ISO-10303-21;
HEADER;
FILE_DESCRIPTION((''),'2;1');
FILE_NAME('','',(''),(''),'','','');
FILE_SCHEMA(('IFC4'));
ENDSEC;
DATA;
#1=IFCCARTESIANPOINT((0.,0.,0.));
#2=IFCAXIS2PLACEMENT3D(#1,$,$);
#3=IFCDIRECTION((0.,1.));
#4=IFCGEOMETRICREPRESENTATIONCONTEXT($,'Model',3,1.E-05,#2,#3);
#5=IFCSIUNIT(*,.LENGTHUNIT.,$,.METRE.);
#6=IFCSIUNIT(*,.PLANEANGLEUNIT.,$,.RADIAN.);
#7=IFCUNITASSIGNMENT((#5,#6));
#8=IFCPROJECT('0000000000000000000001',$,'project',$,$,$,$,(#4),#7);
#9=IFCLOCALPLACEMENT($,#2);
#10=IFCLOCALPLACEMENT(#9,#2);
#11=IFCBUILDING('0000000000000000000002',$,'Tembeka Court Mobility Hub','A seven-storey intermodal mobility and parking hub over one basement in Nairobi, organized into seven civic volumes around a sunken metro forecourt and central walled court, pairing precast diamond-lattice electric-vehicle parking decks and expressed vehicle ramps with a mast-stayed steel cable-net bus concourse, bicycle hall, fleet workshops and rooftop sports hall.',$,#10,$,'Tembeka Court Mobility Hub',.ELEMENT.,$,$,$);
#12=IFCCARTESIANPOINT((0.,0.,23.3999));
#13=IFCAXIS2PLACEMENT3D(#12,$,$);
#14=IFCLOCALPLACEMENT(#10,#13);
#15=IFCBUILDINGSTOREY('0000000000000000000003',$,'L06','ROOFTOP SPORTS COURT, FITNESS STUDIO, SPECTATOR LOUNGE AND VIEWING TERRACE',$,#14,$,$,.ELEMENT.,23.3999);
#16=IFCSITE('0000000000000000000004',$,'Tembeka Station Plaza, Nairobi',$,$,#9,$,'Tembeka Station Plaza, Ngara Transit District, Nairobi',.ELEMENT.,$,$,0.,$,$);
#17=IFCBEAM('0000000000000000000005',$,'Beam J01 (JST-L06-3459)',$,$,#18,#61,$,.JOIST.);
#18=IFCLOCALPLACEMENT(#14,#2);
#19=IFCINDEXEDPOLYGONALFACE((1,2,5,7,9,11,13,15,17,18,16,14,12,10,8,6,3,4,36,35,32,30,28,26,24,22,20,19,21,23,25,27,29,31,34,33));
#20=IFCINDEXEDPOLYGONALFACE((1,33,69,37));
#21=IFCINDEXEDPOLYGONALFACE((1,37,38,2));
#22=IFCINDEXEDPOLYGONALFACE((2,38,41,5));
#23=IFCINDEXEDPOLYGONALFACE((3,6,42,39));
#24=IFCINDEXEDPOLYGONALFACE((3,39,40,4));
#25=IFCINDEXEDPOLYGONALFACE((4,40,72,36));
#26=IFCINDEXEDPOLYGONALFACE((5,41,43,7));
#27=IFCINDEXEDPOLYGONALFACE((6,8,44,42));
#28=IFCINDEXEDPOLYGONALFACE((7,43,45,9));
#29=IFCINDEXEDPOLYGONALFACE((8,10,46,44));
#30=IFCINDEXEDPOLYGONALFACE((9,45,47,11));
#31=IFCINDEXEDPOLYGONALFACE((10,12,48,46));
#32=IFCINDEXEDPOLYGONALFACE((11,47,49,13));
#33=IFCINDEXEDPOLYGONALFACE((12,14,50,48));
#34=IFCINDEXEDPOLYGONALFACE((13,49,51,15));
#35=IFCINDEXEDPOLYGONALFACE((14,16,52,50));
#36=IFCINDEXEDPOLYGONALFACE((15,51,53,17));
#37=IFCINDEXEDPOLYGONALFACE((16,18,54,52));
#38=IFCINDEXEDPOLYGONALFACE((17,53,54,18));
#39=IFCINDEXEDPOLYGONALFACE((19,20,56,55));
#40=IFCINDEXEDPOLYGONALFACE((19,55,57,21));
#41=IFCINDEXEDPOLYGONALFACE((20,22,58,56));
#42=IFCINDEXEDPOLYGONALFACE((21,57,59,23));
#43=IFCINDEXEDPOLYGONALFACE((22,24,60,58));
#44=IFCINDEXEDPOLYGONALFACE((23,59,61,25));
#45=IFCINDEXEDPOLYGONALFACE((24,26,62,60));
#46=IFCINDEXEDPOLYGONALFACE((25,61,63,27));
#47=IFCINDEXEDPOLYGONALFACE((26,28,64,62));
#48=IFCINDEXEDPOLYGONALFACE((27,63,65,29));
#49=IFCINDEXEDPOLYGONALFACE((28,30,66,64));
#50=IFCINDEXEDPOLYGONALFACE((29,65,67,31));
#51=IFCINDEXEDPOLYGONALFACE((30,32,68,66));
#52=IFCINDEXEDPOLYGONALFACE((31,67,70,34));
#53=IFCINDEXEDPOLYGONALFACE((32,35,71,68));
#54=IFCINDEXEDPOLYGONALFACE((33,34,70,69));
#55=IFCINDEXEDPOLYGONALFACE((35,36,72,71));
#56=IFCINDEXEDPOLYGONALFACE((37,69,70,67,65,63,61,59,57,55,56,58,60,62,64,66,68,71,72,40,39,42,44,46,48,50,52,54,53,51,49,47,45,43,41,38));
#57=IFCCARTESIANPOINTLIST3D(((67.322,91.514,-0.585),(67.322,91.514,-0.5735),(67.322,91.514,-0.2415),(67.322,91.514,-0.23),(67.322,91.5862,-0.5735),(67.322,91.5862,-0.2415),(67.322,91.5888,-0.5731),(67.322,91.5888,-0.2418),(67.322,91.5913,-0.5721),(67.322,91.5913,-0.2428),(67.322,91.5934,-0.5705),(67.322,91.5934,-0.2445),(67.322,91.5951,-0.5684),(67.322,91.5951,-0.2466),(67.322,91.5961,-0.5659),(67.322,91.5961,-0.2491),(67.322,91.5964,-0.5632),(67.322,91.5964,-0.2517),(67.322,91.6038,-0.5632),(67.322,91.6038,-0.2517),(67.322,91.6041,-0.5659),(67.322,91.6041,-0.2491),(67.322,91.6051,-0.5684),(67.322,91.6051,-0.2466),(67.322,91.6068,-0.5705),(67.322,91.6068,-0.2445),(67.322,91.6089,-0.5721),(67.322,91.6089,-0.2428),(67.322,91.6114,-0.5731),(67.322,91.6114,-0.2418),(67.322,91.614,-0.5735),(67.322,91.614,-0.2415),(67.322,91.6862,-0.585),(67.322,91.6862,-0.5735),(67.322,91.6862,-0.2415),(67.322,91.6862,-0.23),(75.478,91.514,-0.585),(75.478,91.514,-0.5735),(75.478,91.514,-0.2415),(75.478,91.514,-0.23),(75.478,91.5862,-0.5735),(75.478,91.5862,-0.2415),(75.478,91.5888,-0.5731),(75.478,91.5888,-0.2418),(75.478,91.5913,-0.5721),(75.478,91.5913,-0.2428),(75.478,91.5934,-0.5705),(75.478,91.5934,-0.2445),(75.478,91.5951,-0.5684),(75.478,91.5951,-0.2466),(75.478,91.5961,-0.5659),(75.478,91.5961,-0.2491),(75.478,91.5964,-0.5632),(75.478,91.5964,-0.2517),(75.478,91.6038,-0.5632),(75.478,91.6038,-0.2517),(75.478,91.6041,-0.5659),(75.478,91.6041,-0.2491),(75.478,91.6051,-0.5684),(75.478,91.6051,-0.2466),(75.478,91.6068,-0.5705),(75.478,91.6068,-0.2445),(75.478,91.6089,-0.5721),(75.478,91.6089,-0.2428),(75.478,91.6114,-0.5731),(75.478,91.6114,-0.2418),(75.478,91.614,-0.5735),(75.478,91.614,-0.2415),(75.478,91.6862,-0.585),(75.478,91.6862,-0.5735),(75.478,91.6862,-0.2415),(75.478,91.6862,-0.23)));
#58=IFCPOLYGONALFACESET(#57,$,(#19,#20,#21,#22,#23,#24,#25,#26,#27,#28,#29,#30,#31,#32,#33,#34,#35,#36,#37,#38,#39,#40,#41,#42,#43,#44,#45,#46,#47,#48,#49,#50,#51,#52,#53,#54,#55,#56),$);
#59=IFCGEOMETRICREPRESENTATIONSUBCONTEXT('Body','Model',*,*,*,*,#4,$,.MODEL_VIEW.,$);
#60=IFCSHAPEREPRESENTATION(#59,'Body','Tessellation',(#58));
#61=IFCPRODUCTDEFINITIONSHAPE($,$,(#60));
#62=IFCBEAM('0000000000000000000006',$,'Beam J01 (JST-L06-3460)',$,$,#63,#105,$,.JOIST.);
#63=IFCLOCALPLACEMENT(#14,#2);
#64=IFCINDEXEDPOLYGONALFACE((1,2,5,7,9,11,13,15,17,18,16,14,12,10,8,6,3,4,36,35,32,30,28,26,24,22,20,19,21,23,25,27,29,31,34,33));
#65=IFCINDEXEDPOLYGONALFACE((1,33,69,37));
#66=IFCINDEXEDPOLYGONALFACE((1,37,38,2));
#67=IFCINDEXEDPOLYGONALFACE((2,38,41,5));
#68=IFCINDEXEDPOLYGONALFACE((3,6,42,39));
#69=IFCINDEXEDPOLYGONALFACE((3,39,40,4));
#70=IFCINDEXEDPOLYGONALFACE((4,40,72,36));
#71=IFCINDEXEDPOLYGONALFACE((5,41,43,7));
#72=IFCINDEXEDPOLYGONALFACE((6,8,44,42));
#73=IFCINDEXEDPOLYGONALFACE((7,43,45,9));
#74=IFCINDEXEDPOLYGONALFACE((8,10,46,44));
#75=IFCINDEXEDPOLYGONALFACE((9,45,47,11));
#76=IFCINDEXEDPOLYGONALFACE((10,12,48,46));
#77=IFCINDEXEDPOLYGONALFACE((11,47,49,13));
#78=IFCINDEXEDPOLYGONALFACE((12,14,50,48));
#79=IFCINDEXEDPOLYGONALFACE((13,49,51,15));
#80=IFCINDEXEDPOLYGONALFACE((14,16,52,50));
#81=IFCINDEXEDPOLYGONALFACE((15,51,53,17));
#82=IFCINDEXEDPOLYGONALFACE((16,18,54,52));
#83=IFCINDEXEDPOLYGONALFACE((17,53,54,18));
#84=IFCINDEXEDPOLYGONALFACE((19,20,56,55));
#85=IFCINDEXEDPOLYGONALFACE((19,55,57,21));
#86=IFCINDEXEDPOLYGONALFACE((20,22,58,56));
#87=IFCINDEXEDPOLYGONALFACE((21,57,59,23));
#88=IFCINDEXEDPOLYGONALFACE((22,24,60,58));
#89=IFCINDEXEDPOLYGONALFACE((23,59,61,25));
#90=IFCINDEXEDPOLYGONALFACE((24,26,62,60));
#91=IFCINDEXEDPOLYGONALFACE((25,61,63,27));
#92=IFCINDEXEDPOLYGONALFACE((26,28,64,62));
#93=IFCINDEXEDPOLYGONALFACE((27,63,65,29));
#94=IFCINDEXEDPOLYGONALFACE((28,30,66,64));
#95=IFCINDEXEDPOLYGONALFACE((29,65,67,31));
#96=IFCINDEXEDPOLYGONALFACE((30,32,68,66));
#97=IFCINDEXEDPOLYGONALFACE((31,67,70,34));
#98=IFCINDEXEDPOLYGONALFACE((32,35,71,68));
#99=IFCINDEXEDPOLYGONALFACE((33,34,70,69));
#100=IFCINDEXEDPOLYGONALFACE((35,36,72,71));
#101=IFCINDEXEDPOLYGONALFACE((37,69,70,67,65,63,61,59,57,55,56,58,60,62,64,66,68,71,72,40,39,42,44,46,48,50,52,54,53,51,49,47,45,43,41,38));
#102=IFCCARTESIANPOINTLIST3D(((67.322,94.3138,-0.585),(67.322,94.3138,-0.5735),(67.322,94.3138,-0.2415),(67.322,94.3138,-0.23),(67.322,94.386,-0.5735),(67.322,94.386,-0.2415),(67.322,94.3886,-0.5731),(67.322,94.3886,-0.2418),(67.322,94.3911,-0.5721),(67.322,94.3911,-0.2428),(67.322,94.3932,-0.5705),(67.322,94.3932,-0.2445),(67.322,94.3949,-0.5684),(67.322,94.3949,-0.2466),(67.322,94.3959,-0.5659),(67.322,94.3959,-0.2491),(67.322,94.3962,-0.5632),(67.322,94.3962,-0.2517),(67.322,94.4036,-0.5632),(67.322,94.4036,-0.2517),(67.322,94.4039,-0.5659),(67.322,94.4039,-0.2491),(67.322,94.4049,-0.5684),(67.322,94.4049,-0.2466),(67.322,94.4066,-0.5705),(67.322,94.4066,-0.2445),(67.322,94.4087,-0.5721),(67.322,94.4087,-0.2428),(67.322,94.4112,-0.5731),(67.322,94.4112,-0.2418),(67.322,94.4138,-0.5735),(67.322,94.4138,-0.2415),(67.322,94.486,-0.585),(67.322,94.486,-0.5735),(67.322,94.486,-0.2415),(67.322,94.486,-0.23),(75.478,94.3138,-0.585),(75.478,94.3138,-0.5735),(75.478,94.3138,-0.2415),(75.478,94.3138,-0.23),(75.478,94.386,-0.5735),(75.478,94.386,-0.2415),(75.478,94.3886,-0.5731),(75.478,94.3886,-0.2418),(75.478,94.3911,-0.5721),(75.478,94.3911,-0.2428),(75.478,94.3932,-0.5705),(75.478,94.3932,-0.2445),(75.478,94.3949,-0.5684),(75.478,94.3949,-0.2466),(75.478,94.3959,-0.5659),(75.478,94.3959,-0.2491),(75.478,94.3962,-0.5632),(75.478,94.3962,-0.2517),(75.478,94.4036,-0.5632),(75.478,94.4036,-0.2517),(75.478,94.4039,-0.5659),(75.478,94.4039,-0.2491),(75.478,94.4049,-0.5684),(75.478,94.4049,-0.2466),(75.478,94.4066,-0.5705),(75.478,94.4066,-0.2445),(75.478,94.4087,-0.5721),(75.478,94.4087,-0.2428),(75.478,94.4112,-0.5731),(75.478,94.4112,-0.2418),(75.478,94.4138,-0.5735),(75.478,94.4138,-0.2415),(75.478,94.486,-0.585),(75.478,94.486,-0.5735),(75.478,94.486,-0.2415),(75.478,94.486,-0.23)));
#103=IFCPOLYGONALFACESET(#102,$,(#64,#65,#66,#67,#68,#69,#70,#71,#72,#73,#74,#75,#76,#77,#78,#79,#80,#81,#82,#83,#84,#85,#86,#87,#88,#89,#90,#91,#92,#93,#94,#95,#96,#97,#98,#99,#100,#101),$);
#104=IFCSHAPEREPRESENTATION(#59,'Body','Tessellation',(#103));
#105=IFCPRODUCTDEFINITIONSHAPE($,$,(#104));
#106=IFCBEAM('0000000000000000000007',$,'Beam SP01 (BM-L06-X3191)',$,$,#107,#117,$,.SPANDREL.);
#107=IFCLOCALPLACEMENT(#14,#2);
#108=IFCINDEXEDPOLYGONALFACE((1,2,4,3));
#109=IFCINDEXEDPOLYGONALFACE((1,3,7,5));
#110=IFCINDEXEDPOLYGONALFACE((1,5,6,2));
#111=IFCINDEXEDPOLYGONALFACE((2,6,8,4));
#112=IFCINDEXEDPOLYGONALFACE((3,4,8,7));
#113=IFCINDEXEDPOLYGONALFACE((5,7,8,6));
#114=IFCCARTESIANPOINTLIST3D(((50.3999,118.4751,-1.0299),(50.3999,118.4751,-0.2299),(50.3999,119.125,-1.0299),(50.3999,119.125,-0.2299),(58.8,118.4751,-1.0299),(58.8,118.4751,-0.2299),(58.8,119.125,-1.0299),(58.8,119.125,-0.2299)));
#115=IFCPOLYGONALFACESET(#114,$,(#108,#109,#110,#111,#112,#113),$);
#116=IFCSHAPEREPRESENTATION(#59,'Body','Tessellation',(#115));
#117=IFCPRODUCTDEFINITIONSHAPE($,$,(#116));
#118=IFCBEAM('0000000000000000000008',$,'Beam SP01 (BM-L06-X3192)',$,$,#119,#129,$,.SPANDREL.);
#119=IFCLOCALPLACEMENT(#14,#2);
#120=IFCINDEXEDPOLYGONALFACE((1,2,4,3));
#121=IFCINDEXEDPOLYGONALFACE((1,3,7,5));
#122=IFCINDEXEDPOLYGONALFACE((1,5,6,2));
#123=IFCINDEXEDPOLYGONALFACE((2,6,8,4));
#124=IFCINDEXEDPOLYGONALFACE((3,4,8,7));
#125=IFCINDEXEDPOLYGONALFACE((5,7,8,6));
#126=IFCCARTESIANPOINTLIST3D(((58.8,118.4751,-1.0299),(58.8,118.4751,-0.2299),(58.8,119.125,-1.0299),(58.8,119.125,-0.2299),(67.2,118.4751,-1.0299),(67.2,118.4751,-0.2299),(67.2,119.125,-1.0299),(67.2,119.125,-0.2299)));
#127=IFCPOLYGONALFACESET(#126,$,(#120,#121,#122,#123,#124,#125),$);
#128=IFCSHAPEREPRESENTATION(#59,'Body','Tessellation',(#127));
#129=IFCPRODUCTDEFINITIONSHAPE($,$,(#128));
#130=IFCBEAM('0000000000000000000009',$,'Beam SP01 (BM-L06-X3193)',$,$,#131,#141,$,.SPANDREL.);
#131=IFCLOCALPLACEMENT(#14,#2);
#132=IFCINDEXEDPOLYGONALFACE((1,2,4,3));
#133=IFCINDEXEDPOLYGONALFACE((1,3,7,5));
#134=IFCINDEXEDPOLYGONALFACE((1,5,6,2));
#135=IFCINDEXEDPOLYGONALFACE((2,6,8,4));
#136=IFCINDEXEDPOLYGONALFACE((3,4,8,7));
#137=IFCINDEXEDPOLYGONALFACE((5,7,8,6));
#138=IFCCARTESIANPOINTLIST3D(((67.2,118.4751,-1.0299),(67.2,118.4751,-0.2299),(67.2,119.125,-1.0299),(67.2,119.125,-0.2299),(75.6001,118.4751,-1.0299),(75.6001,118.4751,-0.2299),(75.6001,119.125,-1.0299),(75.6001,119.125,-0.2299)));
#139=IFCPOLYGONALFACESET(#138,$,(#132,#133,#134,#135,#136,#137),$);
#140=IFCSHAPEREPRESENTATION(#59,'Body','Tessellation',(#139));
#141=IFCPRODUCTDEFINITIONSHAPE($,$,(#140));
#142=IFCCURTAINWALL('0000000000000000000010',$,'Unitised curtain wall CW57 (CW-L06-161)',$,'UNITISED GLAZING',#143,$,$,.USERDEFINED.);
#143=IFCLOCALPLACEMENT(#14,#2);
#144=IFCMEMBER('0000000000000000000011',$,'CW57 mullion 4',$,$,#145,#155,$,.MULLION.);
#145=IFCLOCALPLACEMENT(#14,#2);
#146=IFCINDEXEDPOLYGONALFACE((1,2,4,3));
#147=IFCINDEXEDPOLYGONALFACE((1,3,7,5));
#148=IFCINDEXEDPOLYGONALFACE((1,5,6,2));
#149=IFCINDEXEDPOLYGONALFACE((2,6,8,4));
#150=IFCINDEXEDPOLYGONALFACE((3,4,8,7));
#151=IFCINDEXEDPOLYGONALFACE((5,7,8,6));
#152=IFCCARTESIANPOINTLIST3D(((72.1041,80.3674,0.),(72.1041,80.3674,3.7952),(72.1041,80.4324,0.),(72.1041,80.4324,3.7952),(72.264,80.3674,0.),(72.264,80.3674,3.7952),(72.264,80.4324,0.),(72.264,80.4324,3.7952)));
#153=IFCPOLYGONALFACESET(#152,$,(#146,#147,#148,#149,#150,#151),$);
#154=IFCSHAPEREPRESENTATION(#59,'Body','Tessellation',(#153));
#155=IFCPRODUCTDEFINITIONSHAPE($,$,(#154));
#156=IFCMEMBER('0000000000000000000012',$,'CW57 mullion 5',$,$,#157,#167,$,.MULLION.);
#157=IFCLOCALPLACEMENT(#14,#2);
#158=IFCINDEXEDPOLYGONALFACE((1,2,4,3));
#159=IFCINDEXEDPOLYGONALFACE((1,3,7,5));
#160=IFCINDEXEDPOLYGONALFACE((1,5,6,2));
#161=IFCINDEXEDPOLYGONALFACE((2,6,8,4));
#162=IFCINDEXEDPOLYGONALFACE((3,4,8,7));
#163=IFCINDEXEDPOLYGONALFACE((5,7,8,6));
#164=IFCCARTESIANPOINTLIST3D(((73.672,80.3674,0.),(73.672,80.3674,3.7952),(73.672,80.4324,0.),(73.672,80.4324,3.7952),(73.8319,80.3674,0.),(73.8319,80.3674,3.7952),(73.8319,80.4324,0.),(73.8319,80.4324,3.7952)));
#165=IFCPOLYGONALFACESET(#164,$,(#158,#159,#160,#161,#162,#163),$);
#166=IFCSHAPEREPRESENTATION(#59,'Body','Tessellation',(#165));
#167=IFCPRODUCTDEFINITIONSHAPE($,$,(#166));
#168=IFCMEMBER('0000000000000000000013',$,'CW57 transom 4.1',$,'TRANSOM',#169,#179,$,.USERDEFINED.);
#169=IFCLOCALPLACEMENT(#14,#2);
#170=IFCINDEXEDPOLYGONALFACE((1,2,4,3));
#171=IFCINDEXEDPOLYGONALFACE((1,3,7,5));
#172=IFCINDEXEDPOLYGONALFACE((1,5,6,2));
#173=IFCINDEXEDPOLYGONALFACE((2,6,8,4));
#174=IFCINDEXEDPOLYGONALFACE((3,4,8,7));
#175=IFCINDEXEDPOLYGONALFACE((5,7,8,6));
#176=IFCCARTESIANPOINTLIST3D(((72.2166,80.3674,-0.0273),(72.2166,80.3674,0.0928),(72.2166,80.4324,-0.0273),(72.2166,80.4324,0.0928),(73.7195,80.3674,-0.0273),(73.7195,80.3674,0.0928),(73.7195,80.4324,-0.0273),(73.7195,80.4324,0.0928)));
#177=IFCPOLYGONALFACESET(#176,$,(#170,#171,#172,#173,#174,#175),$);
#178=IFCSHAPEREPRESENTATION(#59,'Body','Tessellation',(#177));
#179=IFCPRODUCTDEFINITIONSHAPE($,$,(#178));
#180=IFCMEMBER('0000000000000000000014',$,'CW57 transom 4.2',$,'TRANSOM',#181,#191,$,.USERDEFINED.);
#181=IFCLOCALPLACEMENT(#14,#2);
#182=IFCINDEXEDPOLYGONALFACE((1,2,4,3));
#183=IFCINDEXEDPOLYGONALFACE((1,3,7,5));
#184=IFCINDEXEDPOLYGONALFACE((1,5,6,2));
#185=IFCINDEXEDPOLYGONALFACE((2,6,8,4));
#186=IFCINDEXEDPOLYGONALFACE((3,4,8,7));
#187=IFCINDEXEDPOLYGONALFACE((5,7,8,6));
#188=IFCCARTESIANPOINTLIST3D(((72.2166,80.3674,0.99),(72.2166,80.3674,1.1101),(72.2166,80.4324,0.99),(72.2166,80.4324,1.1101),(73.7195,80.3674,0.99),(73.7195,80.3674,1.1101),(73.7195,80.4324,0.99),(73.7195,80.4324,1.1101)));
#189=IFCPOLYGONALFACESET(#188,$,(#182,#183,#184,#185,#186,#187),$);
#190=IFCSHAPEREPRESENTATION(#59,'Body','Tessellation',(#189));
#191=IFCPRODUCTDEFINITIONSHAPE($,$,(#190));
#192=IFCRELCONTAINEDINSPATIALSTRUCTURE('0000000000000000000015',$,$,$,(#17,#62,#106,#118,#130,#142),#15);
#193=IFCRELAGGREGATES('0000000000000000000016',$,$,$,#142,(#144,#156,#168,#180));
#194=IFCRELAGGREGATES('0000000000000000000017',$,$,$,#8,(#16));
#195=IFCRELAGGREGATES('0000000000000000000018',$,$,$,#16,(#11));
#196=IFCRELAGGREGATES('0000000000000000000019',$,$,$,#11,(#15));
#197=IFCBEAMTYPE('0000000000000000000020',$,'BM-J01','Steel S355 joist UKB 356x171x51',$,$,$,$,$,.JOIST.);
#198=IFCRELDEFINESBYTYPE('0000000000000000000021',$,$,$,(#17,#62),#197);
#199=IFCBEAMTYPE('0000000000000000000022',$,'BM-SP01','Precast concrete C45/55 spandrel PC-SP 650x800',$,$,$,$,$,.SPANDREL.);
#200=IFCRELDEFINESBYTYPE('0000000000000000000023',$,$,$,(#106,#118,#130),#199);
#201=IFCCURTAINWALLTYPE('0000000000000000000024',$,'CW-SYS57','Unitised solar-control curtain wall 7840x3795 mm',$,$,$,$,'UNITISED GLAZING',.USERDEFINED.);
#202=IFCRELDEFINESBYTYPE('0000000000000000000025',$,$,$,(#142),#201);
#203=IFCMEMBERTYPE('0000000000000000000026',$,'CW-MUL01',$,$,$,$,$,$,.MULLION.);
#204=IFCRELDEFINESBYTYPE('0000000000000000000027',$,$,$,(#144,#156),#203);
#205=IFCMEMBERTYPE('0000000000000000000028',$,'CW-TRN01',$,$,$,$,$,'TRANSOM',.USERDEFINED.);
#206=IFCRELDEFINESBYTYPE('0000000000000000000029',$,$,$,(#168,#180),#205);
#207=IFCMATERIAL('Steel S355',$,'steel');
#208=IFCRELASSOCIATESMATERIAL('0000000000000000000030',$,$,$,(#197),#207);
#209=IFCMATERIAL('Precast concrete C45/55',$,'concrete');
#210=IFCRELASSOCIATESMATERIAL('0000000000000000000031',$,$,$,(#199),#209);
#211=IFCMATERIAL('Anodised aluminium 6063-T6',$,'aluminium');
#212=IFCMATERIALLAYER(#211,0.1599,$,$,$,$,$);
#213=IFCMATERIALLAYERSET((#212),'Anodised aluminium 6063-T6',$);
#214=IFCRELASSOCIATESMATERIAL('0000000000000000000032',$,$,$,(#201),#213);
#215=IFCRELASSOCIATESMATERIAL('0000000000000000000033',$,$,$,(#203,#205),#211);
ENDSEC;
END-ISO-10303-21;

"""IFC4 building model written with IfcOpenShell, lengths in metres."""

from ifc_helpers import new_model, si_unit, direction, frame, origin, origin_2d, place, context, subcontext, project, spatial, rectangle, i_section, extrude, material, layer, layer_set, material_profile, profile_set, type_object, element, aggregate, save


model = new_model("IFC4")

# Units and contexts
model_context = context("Model", 3, precision=1e-05, world=origin(), true_north=direction((0.0, 1.0)))
body_context = subcontext(model_context, "Body", "Model", "MODEL_VIEW")
ifc_project = project(units=[si_unit("LENGTHUNIT", "METRE"), si_unit("PLANEANGLEUNIT", "RADIAN")], contexts=[model_context])

# Site, building, storey
site_placement = place(None, origin())
site = spatial("IfcSite", under=ifc_project, at=site_placement, Name="Tembeka Station Plaza, Nairobi", LongName="Tembeka Station Plaza, Ngara Transit District, Nairobi", CompositionType="ELEMENT", RefElevation=0.0)
building_placement = place(site_placement, origin())
building = spatial("IfcBuilding", under=site, at=building_placement, Name="Tembeka Court Mobility Hub", Description="A seven-storey intermodal mobility and parking hub over one basement in Nairobi, organized into seven civic volumes around a sunken metro forecourt and central walled court, pairing precast diamond-lattice electric-vehicle parking decks and expressed vehicle ramps with a mast-stayed steel cable-net bus concourse, bicycle hall, fleet workshops and rooftop sports hall.", LongName="Tembeka Court Mobility Hub", CompositionType="ELEMENT")
storey_placement = place(building_placement, frame((0.0, 0.0, 23.3999)))
storey = spatial("IfcBuildingStorey", under=building, at=storey_placement, Name="L06", Description="ROOFTOP SPORTS COURT, FITNESS STUDIO, SPECTATOR LOUNGE AND VIEWING TERRACE", CompositionType="ELEMENT", Elevation=23.3999)

# Beams
ifc_material_1 = material(Name="Steel S355", Category="steel")
ifc_material_profile_1 = material_profile(ifc_material_1, i_section(OverallWidth=0.1721, OverallDepth=0.355, WebThickness=0.0073, FlangeThickness=0.0115, FilletRadius=0.0103, at=origin_2d()), Name="UKB 356x171x51")
ifc_profile_set_1 = profile_set([ifc_material_profile_1], Name="Steel S355")
beam_type_1 = type_object("IfcBeamType", Name="BM-J01", Description="Steel S355 joist UKB 356x171x51", PredefinedType="JOIST", material=ifc_profile_set_1)
for number, where, z_axis, x_axis, name in (
    (1, (67.322, 91.6001, -0.4075), (1.0, 0.0, 0.0), (0.0, 1.0, 0.0), "Beam J01 (JST-L06-3459)"),
    (2, (67.322, 94.3999, -0.4075), (1.0, 0.0, 0.0), (0.0, 1.0, 0.0), "Beam J01 (JST-L06-3460)"),
):
    element("IfcBeam", number, at=place(storey_placement, frame(where, z_axis=z_axis, x_axis=x_axis)), inside=storey, type_object=beam_type_1, Name=name, PredefinedType="JOIST", context=body_context, shape_type="SweptSolid", body=[
        extrude(i_section(OverallWidth=0.1721, OverallDepth=0.355, WebThickness=0.0073, FlangeThickness=0.0115, FilletRadius=0.0103, at=origin_2d()), origin(), (0.0, 0.0, 1.0), 8.156),
    ])
ifc_material_2 = material(Name="Precast concrete C45/55", Category="concrete")
ifc_material_profile_2 = material_profile(ifc_material_2, rectangle(XDim=0.6499, YDim=0.8, at=origin_2d()), Name="PC-SP 650x800")
ifc_profile_set_2 = profile_set([ifc_material_profile_2], Name="Precast concrete C45/55")
beam_type_2 = type_object("IfcBeamType", Name="BM-SP01", Description="Precast concrete C45/55 spandrel PC-SP 650x800", PredefinedType="SPANDREL", material=ifc_profile_set_2)
beam_1_placement = place(storey_placement, frame((50.3999, 118.8, -0.6299), z_axis=(1.0, 0.0, 0.0), x_axis=(0.0, 1.0, 0.0)))
element("IfcBeam", 3, at=beam_1_placement, inside=storey, type_object=beam_type_2, Name="Beam SP01 (BM-L06-X3191)", PredefinedType="SPANDREL", context=body_context, shape_type="SweptSolid", body=[
    extrude(rectangle(XDim=0.6499, YDim=0.8, at=origin_2d()), origin(), (0.0, 0.0, 1.0), 8.4001),
])
beam_2_placement = place(storey_placement, frame((58.8, 118.8, -0.6299), z_axis=(1.0, 0.0, 0.0), x_axis=(0.0, 1.0, 0.0)))
element("IfcBeam", 4, at=beam_2_placement, inside=storey, type_object=beam_type_2, Name="Beam SP01 (BM-L06-X3192)", PredefinedType="SPANDREL", context=body_context, shape_type="SweptSolid", body=[
    extrude(rectangle(XDim=0.6499, YDim=0.8, at=origin_2d()), origin(), (0.0, 0.0, 1.0), 8.3999),
])
beam_3_placement = place(storey_placement, frame((67.2, 118.8, -0.6299), z_axis=(1.0, 0.0, 0.0), x_axis=(0.0, 1.0, 0.0)))
element("IfcBeam", 5, at=beam_3_placement, inside=storey, type_object=beam_type_2, Name="Beam SP01 (BM-L06-X3193)", PredefinedType="SPANDREL", context=body_context, shape_type="SweptSolid", body=[
    extrude(rectangle(XDim=0.6499, YDim=0.8, at=origin_2d()), origin(), (0.0, 0.0, 1.0), 8.4001),
])

# Curtain wall, members
ifc_material_3 = material(Name="Anodised aluminium 6063-T6", Category="aluminium")
ifc_layer_1 = layer(ifc_material_3, 0.1599)
ifc_layer_set_1 = layer_set([ifc_layer_1], Name="Anodised aluminium 6063-T6")
curtain_wall_type = type_object("IfcCurtainWallType", Name="CW-SYS57", Description="Unitised solar-control curtain wall 7840x3795 mm", ElementType="UNITISED GLAZING", PredefinedType="USERDEFINED", material=ifc_layer_set_1)
curtain_wall_placement = place(storey_placement, origin())
curtain_wall = element("IfcCurtainWall", 6, at=curtain_wall_placement, inside=storey, type_object=curtain_wall_type, Name="Unitised curtain wall CW57 (CW-L06-161)", ObjectType="UNITISED GLAZING", PredefinedType="USERDEFINED")
ifc_material_profile_3 = material_profile(ifc_material_3, rectangle(XDim=0.0649, YDim=0.1599, at=origin_2d()), Name="ALU-MUL 65x160")
ifc_profile_set_3 = profile_set([ifc_material_profile_3], Name="Anodised aluminium 6063-T6")
member_type_1 = type_object("IfcMemberType", Name="CW-MUL01", PredefinedType="MULLION", material=ifc_profile_set_3)
member_1_placement = place(storey_placement, frame((72.1841, 80.3999, 0.0), z_axis=(0.0, 0.0, 1.0), x_axis=(0.0, 1.0, 0.0)))
member_1 = element("IfcMember", 7, at=member_1_placement, type_object=member_type_1, Name="CW57 mullion 4", PredefinedType="MULLION", context=body_context, shape_type="SweptSolid", body=[
    extrude(rectangle(XDim=0.0649, YDim=0.1599, at=origin_2d()), origin(), (0.0, 0.0, 1.0), 3.7952),
])
member_2_placement = place(storey_placement, frame((73.752, 80.3999, 0.0), z_axis=(0.0, 0.0, 1.0), x_axis=(0.0, 1.0, 0.0)))
member_2 = element("IfcMember", 8, at=member_2_placement, type_object=member_type_1, Name="CW57 mullion 5", PredefinedType="MULLION", context=body_context, shape_type="SweptSolid", body=[
    extrude(rectangle(XDim=0.0649, YDim=0.1599, at=origin_2d()), origin(), (0.0, 0.0, 1.0), 3.7952),
])
ifc_material_profile_4 = material_profile(ifc_material_3, rectangle(XDim=0.0649, YDim=0.1201, at=origin_2d()), Name="ALU-TRN 65x120")
ifc_profile_set_4 = profile_set([ifc_material_profile_4], Name="Anodised aluminium 6063-T6")
member_type_2 = type_object("IfcMemberType", Name="CW-TRN01", ElementType="TRANSOM", PredefinedType="USERDEFINED", material=ifc_profile_set_4)
member_3_placement = place(storey_placement, frame((72.2166, 80.3999, 0.0327), z_axis=(1.0, 0.0, 0.0), x_axis=(0.0, 1.0, 0.0)))
member_3 = element("IfcMember", 9, at=member_3_placement, type_object=member_type_2, Name="CW57 transom 4.1", ObjectType="TRANSOM", PredefinedType="USERDEFINED", context=body_context, shape_type="SweptSolid", body=[
    extrude(rectangle(XDim=0.0649, YDim=0.1201, at=origin_2d()), origin(), (0.0, 0.0, 1.0), 1.5029),
])
member_4_placement = place(storey_placement, frame((72.2166, 80.3999, 1.05), z_axis=(1.0, 0.0, 0.0), x_axis=(0.0, 1.0, 0.0)))
member_4 = element("IfcMember", 10, at=member_4_placement, type_object=member_type_2, Name="CW57 transom 4.2", ObjectType="TRANSOM", PredefinedType="USERDEFINED", context=body_context, shape_type="SweptSolid", body=[
    extrude(rectangle(XDim=0.0649, YDim=0.1201, at=origin_2d()), origin(), (0.0, 0.0, 1.0), 1.5029),
])
aggregate(curtain_wall, [member_1, member_2, member_3, member_4])

save(model, "model.ifc")
